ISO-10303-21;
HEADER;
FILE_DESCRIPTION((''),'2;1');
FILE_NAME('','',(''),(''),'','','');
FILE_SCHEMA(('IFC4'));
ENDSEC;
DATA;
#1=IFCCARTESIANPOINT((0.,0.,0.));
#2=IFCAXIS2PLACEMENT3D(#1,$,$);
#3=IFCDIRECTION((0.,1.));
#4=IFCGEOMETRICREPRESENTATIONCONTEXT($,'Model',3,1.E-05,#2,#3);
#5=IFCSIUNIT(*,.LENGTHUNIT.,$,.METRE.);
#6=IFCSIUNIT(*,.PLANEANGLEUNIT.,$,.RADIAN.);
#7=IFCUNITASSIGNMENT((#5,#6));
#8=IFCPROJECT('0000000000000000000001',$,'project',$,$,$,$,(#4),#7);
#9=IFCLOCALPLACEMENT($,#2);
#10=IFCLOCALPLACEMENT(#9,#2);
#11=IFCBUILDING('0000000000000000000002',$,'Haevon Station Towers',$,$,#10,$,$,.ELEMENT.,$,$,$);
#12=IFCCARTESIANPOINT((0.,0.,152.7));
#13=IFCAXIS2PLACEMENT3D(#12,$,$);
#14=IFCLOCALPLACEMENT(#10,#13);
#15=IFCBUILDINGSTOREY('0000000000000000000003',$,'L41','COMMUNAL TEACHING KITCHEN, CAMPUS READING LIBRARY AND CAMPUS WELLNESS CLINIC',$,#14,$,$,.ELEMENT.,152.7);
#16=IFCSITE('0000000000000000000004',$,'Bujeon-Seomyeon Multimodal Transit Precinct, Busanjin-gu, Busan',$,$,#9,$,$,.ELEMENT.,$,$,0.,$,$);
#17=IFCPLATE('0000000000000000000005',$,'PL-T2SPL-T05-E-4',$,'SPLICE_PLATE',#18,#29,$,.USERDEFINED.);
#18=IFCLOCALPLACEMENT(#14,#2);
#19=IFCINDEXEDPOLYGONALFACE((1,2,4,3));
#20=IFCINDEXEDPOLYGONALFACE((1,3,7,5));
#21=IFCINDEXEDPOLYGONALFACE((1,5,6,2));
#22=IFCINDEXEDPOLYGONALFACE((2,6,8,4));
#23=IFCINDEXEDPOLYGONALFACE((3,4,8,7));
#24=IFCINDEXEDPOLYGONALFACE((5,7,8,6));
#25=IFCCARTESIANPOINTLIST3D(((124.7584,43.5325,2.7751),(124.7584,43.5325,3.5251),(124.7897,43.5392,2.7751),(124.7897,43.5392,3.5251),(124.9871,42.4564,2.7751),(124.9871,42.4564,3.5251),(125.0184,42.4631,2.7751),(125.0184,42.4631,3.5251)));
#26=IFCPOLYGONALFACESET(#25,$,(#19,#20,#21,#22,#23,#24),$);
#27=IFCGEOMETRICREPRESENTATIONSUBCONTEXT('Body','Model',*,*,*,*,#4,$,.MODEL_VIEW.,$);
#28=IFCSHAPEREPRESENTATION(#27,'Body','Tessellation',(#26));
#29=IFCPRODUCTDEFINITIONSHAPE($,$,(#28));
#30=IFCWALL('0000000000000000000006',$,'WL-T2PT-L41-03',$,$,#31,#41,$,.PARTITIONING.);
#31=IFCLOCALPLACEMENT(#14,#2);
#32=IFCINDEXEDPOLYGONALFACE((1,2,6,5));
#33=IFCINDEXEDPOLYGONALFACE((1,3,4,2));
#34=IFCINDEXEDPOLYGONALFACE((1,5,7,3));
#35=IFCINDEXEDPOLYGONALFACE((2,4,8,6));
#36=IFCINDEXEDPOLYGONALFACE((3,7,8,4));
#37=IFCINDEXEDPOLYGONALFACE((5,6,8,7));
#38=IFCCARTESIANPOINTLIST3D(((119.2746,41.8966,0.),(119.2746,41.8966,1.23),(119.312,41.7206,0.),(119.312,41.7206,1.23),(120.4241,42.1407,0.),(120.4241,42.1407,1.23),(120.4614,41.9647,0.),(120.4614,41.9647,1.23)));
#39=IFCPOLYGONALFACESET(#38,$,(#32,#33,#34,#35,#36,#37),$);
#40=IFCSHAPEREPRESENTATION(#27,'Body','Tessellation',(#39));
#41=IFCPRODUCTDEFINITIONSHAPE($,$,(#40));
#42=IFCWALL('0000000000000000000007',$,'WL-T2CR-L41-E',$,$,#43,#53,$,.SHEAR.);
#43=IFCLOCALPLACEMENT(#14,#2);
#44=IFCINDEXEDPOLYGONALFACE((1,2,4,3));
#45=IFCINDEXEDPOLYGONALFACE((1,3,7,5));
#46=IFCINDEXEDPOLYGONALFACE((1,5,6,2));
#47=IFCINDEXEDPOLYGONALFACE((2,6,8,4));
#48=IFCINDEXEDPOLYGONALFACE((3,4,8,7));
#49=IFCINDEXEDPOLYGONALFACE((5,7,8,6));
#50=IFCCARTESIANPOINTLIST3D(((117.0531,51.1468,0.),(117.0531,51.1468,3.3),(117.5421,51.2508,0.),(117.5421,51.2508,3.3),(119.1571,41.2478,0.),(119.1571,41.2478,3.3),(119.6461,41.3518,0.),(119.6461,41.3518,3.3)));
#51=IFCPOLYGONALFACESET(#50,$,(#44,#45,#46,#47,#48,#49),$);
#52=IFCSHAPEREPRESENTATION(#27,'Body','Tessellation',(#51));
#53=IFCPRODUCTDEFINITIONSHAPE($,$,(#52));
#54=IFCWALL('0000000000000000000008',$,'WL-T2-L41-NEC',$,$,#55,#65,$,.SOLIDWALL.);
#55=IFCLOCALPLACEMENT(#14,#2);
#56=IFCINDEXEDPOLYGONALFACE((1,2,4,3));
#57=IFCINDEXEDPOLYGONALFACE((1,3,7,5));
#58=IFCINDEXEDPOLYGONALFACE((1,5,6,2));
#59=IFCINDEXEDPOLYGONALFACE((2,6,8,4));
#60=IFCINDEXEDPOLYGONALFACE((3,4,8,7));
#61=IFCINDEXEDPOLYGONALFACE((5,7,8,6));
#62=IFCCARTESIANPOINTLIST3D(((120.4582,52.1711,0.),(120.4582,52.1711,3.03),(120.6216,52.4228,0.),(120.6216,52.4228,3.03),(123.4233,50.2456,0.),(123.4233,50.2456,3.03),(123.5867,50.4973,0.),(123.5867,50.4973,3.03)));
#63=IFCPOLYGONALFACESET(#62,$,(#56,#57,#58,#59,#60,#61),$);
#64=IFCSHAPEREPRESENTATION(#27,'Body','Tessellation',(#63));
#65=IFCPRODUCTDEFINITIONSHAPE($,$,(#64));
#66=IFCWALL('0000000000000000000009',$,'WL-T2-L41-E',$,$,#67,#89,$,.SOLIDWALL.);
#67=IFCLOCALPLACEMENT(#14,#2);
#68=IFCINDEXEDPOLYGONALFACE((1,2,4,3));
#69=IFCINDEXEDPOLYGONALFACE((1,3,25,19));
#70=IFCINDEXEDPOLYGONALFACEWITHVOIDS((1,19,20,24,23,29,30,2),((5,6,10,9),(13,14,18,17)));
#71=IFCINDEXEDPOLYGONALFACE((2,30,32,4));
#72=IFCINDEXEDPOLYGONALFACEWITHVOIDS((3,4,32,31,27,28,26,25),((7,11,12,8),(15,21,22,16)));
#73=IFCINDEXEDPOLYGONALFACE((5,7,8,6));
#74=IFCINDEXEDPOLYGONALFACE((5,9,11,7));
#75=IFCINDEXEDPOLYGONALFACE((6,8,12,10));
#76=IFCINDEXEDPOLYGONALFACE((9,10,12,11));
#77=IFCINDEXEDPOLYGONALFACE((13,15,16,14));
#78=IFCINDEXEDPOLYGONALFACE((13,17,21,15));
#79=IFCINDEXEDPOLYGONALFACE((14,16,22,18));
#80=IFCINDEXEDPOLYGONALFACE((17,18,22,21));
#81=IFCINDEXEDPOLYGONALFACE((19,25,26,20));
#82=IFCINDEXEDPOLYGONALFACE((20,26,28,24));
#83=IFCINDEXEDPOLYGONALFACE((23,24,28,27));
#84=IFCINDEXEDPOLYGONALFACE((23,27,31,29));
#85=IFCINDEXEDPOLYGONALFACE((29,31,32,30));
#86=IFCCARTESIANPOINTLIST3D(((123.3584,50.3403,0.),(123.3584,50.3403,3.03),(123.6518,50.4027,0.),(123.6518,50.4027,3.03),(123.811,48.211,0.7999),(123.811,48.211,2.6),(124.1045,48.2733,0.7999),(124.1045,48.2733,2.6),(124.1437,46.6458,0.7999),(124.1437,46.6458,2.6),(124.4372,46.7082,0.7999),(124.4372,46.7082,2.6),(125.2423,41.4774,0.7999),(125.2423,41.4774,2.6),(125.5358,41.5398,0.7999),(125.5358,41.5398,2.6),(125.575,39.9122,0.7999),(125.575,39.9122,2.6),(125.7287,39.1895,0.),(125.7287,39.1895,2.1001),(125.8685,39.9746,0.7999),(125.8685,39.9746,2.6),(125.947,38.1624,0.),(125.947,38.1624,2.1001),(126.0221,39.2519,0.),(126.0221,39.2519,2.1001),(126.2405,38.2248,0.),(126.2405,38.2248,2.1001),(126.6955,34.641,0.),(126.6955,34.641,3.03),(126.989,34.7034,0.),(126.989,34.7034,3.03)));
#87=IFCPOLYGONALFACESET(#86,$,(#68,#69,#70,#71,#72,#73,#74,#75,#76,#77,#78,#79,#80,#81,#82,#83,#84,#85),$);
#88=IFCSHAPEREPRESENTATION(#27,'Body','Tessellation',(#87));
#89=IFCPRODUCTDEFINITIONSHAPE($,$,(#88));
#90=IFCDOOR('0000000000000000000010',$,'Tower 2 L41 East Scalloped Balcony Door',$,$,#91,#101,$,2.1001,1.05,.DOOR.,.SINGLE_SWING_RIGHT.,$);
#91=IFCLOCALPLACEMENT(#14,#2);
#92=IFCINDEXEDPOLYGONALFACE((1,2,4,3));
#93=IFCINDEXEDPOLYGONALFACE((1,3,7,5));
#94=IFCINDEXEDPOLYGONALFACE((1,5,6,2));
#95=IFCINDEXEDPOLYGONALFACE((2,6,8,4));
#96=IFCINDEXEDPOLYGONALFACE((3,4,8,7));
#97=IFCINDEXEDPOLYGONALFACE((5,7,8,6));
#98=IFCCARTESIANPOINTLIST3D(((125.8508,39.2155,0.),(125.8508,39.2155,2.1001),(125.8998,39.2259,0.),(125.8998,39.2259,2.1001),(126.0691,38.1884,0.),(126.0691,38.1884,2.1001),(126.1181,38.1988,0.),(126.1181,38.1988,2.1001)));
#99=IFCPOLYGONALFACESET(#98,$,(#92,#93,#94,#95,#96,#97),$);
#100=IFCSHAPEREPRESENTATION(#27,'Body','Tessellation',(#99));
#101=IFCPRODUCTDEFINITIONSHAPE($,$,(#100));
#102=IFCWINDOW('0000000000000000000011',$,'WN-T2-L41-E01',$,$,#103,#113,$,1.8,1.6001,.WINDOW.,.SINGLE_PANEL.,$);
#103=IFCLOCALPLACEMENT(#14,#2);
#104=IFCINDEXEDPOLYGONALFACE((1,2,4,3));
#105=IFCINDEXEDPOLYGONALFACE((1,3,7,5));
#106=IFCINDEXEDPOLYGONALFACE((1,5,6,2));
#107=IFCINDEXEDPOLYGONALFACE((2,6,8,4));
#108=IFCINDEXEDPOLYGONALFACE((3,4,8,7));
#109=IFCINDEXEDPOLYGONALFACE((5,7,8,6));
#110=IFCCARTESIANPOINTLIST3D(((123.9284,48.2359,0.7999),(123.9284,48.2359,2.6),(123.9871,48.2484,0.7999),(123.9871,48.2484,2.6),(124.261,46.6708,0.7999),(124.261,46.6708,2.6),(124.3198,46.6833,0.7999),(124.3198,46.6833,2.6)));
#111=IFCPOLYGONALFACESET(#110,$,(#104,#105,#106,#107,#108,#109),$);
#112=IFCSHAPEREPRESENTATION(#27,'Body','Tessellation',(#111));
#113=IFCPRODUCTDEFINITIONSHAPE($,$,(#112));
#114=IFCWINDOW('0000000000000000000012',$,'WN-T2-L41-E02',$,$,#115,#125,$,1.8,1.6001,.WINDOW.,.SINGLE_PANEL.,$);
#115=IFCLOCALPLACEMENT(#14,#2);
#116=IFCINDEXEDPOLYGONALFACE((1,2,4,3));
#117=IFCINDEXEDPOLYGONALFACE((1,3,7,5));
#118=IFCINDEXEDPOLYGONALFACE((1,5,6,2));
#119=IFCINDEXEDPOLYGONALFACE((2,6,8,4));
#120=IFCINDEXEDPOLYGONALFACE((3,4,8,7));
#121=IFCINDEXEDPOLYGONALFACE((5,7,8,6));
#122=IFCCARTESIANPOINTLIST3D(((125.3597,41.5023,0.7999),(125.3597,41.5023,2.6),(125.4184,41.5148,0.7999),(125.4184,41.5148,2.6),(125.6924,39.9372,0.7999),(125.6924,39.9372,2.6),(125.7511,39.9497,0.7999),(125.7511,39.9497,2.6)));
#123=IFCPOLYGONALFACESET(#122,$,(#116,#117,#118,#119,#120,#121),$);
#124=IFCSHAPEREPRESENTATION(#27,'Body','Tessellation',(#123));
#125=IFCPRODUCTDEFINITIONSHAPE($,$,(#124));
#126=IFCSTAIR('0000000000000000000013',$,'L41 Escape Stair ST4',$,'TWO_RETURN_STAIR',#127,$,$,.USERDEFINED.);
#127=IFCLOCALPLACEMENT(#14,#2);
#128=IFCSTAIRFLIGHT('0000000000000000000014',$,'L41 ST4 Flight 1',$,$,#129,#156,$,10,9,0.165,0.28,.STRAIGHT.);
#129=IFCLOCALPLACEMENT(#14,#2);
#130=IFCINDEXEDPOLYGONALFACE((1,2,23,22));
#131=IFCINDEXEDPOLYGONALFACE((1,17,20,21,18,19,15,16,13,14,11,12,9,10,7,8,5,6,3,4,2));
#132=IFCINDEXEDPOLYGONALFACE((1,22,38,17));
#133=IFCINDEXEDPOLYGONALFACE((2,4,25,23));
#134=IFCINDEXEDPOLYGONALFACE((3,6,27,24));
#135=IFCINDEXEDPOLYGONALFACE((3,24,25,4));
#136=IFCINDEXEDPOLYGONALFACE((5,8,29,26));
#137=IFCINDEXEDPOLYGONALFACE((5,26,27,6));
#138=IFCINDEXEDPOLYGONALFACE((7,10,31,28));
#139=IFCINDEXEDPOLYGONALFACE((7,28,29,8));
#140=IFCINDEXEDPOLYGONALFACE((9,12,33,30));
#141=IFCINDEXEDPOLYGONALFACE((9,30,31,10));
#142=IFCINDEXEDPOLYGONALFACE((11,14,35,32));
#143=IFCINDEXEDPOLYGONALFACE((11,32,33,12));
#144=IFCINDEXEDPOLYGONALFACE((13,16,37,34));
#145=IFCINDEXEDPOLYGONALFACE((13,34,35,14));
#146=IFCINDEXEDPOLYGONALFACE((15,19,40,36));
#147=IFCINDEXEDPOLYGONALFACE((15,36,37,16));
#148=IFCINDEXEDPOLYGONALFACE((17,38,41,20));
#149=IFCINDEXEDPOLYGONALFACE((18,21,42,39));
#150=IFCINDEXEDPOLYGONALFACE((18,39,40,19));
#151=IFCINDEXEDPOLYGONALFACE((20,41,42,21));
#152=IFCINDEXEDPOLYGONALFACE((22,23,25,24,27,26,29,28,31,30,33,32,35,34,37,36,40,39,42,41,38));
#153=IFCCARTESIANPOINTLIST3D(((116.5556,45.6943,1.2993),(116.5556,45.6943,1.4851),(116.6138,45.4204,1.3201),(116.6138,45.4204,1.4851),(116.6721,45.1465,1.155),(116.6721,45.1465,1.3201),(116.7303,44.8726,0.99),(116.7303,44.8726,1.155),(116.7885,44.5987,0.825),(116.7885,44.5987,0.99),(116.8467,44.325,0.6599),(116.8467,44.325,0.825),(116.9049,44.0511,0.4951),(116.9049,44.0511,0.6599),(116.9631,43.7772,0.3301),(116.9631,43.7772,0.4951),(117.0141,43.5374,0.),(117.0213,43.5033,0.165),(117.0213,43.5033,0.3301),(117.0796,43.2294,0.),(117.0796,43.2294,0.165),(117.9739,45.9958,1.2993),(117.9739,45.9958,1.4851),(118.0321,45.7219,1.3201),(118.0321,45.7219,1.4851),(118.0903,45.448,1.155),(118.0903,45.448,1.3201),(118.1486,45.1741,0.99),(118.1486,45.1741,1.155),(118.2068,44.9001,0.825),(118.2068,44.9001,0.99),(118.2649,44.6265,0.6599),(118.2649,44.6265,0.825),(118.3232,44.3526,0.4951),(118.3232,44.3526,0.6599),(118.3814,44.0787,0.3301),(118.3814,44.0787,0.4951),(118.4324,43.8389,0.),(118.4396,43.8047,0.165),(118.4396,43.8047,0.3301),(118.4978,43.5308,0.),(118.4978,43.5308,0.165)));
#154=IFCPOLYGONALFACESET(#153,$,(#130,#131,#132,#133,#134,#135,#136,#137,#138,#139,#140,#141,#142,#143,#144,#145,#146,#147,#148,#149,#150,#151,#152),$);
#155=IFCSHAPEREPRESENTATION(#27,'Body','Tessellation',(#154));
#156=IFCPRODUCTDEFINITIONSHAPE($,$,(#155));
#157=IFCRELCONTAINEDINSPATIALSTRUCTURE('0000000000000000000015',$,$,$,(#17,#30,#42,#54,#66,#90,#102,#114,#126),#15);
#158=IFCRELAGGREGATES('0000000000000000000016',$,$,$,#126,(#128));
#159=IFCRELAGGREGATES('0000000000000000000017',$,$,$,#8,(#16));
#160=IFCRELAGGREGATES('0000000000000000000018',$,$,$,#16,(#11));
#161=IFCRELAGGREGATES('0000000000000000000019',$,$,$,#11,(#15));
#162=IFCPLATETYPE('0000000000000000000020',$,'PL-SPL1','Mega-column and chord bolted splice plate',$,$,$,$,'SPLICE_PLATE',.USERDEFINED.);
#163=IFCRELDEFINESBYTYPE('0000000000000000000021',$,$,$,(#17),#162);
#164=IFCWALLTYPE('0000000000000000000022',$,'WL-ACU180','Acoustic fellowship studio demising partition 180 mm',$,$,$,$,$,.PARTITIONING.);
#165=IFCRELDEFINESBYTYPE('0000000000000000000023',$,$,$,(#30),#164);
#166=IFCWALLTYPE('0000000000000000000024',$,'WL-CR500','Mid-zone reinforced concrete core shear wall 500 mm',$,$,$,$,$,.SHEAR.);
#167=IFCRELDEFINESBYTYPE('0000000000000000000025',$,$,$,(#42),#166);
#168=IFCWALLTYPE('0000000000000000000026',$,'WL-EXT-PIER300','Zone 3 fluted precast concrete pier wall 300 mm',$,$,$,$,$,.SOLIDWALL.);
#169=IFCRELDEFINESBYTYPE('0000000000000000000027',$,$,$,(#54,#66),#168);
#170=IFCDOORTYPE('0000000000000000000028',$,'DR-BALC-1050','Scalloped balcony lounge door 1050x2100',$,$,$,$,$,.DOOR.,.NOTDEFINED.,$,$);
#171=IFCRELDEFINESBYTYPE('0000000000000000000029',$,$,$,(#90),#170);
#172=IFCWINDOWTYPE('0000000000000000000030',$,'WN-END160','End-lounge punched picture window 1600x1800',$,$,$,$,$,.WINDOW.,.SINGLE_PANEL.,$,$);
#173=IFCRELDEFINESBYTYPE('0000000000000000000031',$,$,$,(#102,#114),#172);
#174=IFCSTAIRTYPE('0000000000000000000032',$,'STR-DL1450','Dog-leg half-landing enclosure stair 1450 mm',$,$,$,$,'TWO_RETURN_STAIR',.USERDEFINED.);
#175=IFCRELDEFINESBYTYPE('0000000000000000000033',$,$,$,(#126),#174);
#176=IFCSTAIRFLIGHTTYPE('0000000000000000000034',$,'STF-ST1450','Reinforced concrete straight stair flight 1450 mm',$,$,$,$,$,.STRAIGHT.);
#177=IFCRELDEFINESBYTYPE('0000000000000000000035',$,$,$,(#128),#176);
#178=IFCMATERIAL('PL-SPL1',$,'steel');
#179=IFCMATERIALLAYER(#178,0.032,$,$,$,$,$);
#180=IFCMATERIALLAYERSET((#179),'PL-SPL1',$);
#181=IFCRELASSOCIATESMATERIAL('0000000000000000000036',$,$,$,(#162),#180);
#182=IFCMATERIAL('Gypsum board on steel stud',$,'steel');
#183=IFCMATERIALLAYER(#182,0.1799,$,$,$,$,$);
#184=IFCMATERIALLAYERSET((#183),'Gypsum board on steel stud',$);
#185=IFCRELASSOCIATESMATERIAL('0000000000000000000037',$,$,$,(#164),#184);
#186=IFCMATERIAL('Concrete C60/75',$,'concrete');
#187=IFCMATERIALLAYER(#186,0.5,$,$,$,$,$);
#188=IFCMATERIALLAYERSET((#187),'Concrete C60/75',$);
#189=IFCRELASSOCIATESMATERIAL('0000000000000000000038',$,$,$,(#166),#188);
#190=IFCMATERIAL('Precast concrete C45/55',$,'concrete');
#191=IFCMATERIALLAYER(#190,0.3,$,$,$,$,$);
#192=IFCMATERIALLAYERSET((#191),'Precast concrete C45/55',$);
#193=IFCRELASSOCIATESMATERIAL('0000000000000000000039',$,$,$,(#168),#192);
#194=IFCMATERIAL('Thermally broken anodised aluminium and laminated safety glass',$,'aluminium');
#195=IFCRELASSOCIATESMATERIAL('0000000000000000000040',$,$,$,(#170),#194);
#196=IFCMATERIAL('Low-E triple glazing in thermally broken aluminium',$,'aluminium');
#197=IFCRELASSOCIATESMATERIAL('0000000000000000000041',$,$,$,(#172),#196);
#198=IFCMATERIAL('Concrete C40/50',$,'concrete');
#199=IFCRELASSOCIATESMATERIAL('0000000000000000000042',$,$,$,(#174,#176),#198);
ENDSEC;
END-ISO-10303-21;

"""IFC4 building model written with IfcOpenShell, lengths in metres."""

from ifc_helpers import new_model, si_unit, direction, frame, frame_2d, origin, origin_2d, place, context, subcontext, project, spatial, polyline, rectangle, outline, extrude, material, layer, layer_set, type_object, element, fill, aggregate, save


model = new_model("IFC4")

# Units and contexts
model_context = context("Model", 3, precision=1e-05, world=origin(), true_north=direction((0.0, 1.0)))
body_context = subcontext(model_context, "Body", "Model", "MODEL_VIEW")
ifc_project = project(units=[si_unit("LENGTHUNIT", "METRE"), si_unit("PLANEANGLEUNIT", "RADIAN")], contexts=[model_context])

# Site, building, storey
site_placement = place(None, origin())
site = spatial("IfcSite", under=ifc_project, at=site_placement, Name="Bujeon-Seomyeon Multimodal Transit Precinct, Busanjin-gu, Busan", CompositionType="ELEMENT", RefElevation=0.0)
building_placement = place(site_placement, origin())
building = spatial("IfcBuilding", under=site, at=building_placement, Name="Haevon Station Towers", CompositionType="ELEMENT")
storey_placement = place(building_placement, frame((0.0, 0.0, 152.7)))
storey = spatial("IfcBuildingStorey", under=building, at=storey_placement, Name="L41", Description="COMMUNAL TEACHING KITCHEN, CAMPUS READING LIBRARY AND CAMPUS WELLNESS CLINIC", CompositionType="ELEMENT", Elevation=152.7)

# Plate
ifc_material_1 = material(Name="PL-SPL1", Category="steel")
ifc_layer_1 = layer(ifc_material_1, 0.032)
ifc_layer_set_1 = layer_set([ifc_layer_1], Name="PL-SPL1")
plate_type_1 = type_object("IfcPlateType", Name="PL-SPL1", Description="Mega-column and chord bolted splice plate", ElementType="SPLICE_PLATE", PredefinedType="USERDEFINED", material=ifc_layer_set_1)
plate_1_placement = place(storey_placement, frame((124.8884, 42.9978, 2.7751), z_axis=(0.0, 0.0, 1.0), x_axis=(-0.207912, 0.978148, 0.0)))
element("IfcPlate", 1, at=plate_1_placement, inside=storey, type_object=plate_type_1, Name="PL-T2SPL-T05-E-4", ObjectType="SPLICE_PLATE", PredefinedType="USERDEFINED", context=body_context, shape_type="SweptSolid", body=[
    extrude(rectangle(XDim=1.1001, YDim=0.032, at=origin_2d()), origin(), (0.0, 0.0, 1.0), 0.75),
])

# Walls
ifc_material_2 = material(Name="Gypsum board on steel stud", Category="steel")
ifc_layer_2 = layer(ifc_material_2, 0.1799)
ifc_layer_set_2 = layer_set([ifc_layer_2], Name="Gypsum board on steel stud")
wall_type_1 = type_object("IfcWallType", Name="WL-ACU180", Description="Acoustic fellowship studio demising partition 180 mm", PredefinedType="PARTITIONING", material=ifc_layer_set_2)
wall_1_placement = place(storey_placement, frame((119.2935, 41.8086, 0.0), z_axis=(0.0, 0.0, 1.0), x_axis=(0.978178, 0.207769, 0.0)))
element("IfcWall", 2, at=wall_1_placement, inside=storey, type_object=wall_type_1, Name="WL-T2PT-L41-03", PredefinedType="PARTITIONING", context=body_context, shape_type="SweptSolid", body=[
    extrude(rectangle(XDim=1.175, YDim=0.1799, at=frame_2d((0.5874, 0.0))), origin(), (0.0, 0.0, 1.0), 1.23),
])
ifc_material_3 = material(Name="Concrete C60/75", Category="concrete")
ifc_layer_3 = layer(ifc_material_3, 0.5)
ifc_layer_set_3 = layer_set([ifc_layer_3], Name="Concrete C60/75")
wall_type_2 = type_object("IfcWallType", Name="WL-CR500", Description="Mid-zone reinforced concrete core shear wall 500 mm", PredefinedType="SHEAR", material=ifc_layer_set_3)
wall_2_placement = place(storey_placement, frame((119.4016, 41.2998, 0.0), z_axis=(0.0, 0.0, 1.0), x_axis=(-0.207904, 0.978149, 0.0)))
element("IfcWall", 3, at=wall_2_placement, inside=storey, type_object=wall_type_2, Name="WL-T2CR-L41-E", PredefinedType="SHEAR", context=body_context, shape_type="SweptSolid", body=[
    extrude(rectangle(XDim=10.1201, YDim=0.5, at=frame_2d((5.0601, 0.0))), origin(), (0.0, 0.0, 1.0), 3.3),
])
ifc_material_4 = material(Name="Precast concrete C45/55", Category="concrete")
ifc_layer_4 = layer(ifc_material_4, 0.3)
ifc_layer_set_4 = layer_set([ifc_layer_4], Name="Precast concrete C45/55")
wall_type_3 = type_object("IfcWallType", Name="WL-EXT-PIER300", Description="Zone 3 fluted precast concrete pier wall 300 mm", PredefinedType="SOLIDWALL", material=ifc_layer_set_4)
wall_3_placement = place(storey_placement, frame((120.54, 52.2969, 0.0), z_axis=(0.0, 0.0, 1.0), x_axis=(0.838672, -0.544636, 0.0)))
element("IfcWall", 4, at=wall_3_placement, inside=storey, type_object=wall_type_3, Name="WL-T2-L41-NEC", PredefinedType="SOLIDWALL", context=body_context, shape_type="SweptSolid", body=[
    extrude(rectangle(XDim=3.5354, YDim=0.3, at=frame_2d((1.7676, 0.0))), origin(), (0.0, 0.0, 1.0), 3.03),
])

# Wall, openings, door, windows
wall_4_placement = place(storey_placement, frame((123.5051, 50.3713, 0.0), z_axis=(0.0, 0.0, 1.0), x_axis=(0.207923, -0.978145, 0.0)))
wall_4 = element("IfcWall", 5, at=wall_4_placement, inside=storey, type_object=wall_type_3, Name="WL-T2-L41-E", PredefinedType="SOLIDWALL", context=body_context, shape_type="SweptSolid", body=[
    extrude(rectangle(XDim=16.05, YDim=0.3, at=frame_2d((8.0249, 0.0))), origin(), (0.0, 0.0, 1.0), 3.03),
])
opening_1_placement = place(wall_4_placement, frame((11.3999, 0.0, 0.0)))
opening_1 = element("IfcOpeningElement", 6, at=opening_1_placement, cuts=wall_4, PredefinedType="OPENING", context=body_context, shape_type="SweptSolid", body=[
    extrude(rectangle(XDim=1.05, YDim=2.1001, at=frame_2d((0.5249, 1.05))), frame((0.0, 0.1599, 0.0), z_axis=(0.0, -1.0, 0.0), x_axis=(1.0, 0.0, 0.0)), (0.0, 0.0, 1.0), 0.3201),
])
opening_2_placement = place(wall_4_placement, frame((2.1768, 0.0, 0.8)))
opening_2 = element("IfcOpeningElement", 7, at=opening_2_placement, cuts=wall_4, PredefinedType="OPENING", context=body_context, shape_type="SweptSolid", body=[
    extrude(rectangle(XDim=1.6001, YDim=1.8, at=frame_2d((0.8, 0.8999))), frame((0.0, 0.1599, 0.0), z_axis=(0.0, -1.0, 0.0), x_axis=(1.0, 0.0, 0.0)), (0.0, 0.0, 1.0), 0.3201),
])
opening_3_placement = place(wall_4_placement, frame((9.0608, 0.0, 0.8)))
opening_3 = element("IfcOpeningElement", 8, at=opening_3_placement, cuts=wall_4, PredefinedType="OPENING", context=body_context, shape_type="SweptSolid", body=[
    extrude(rectangle(XDim=1.6001, YDim=1.8, at=frame_2d((0.8, 0.8999))), frame((0.0, 0.1599, 0.0), z_axis=(0.0, -1.0, 0.0), x_axis=(1.0, 0.0, 0.0)), (0.0, 0.0, 1.0), 0.3201),
])
ifc_material_5 = material(Name="Thermally broken anodised aluminium and laminated safety glass", Category="aluminium")
door_type = type_object("IfcDoorType", Name="DR-BALC-1050", Description="Scalloped balcony lounge door 1050x2100", OperationType="NOTDEFINED", PredefinedType="DOOR", material=ifc_material_5)
door_placement = place(opening_1_placement, origin())
door = element("IfcDoor", 9, at=door_placement, inside=storey, type_object=door_type, Name="Tower 2 L41 East Scalloped Balcony Door", OperationType="SINGLE_SWING_RIGHT", OverallHeight=2.1001, OverallWidth=1.05, PredefinedType="DOOR", context=body_context, shape_type="SweptSolid", body=[
    extrude(rectangle(XDim=1.05, YDim=2.1001, at=frame_2d((0.5249, 1.05))), frame((0.0, 0.0249, 0.0), z_axis=(0.0, -1.0, 0.0), x_axis=(1.0, 0.0, 0.0)), (0.0, 0.0, 1.0), 0.05),
])
fill(opening_1, door)
ifc_material_6 = material(Name="Low-E triple glazing in thermally broken aluminium", Category="aluminium")
window_type = type_object("IfcWindowType", Name="WN-END160", Description="End-lounge punched picture window 1600x1800", PartitioningType="SINGLE_PANEL", PredefinedType="WINDOW", material=ifc_material_6)
window_1_placement = place(opening_2_placement, origin())
window_1 = element("IfcWindow", 10, at=window_1_placement, inside=storey, type_object=window_type, Name="WN-T2-L41-E01", OverallHeight=1.8, OverallWidth=1.6001, PartitioningType="SINGLE_PANEL", PredefinedType="WINDOW", context=body_context, shape_type="SweptSolid", body=[
    extrude(rectangle(XDim=1.6001, YDim=1.8, at=frame_2d((0.8, 0.8999))), frame((0.0, 0.03, 0.0), z_axis=(0.0, -1.0, 0.0), x_axis=(1.0, 0.0, 0.0)), (0.0, 0.0, 1.0), 0.0601),
])
fill(opening_2, window_1)
window_2_placement = place(opening_3_placement, origin())
window_2 = element("IfcWindow", 11, at=window_2_placement, inside=storey, type_object=window_type, Name="WN-T2-L41-E02", OverallHeight=1.8, OverallWidth=1.6001, PartitioningType="SINGLE_PANEL", PredefinedType="WINDOW", context=body_context, shape_type="SweptSolid", body=[
    extrude(rectangle(XDim=1.6001, YDim=1.8, at=frame_2d((0.8, 0.8999))), frame((0.0, 0.03, 0.0), z_axis=(0.0, -1.0, 0.0), x_axis=(1.0, 0.0, 0.0)), (0.0, 0.0, 1.0), 0.0601),
])
fill(opening_3, window_2)

# Stair, stair flight
ifc_material_7 = material(Name="Concrete C40/50", Category="concrete")
stair_type = type_object("IfcStairType", Name="STR-DL1450", Description="Dog-leg half-landing enclosure stair 1450 mm", ElementType="TWO_RETURN_STAIR", PredefinedType="USERDEFINED", material=ifc_material_7)
stair_placement = place(storey_placement, origin())
stair = element("IfcStair", 12, at=stair_placement, inside=storey, type_object=stair_type, Name="L41 Escape Stair ST4", ObjectType="TWO_RETURN_STAIR", PredefinedType="USERDEFINED")
stair_flight_type = type_object("IfcStairFlightType", Name="STF-ST1450", Description="Reinforced concrete straight stair flight 1450 mm", PredefinedType="STRAIGHT", material=ifc_material_7)
stair_flight_placement = place(storey_placement, frame((117.7888, 43.3801, 0.0), z_axis=(0.0, 0.0, 1.0), x_axis=(-0.207912, 0.978148, 0.0)))
stair_flight = element("IfcStairFlight", 13, at=stair_flight_placement, type_object=stair_flight_type, Name="L41 ST4 Flight 1", NumberOfRisers=10, NumberOfTreads=9, PredefinedType="STRAIGHT", RiserHeight=0.165, TreadLength=0.28, context=body_context, shape_type="SweptSolid", body=[
    extrude(outline(polyline([(0.0, 0.0), (0.0, 0.165), (0.28, 0.165), (0.28, 0.3301), (0.5601, 0.3301), (0.5601, 0.4951), (0.8401, 0.4951), (0.8401, 0.6599), (1.1201, 0.6599), (1.1201, 0.825), (1.3999, 0.825), (1.3999, 0.99), (1.6799, 0.99), (1.6799, 1.155), (1.96, 1.155), (1.96, 1.3201), (2.24, 1.3201), (2.24, 1.4851), (2.52, 1.4851), (2.52, 1.6499), (2.52, 1.2993), (0.3149, 0.0), (0.0, 0.0)])), frame((0.0, 0.7251, 0.0), z_axis=(0.0, -1.0, 0.0), x_axis=(1.0, 0.0, 0.0)), (0.0, 0.0, 1.0), 1.45),
])
aggregate(stair, [stair_flight])

save(model, "model.ifc")
